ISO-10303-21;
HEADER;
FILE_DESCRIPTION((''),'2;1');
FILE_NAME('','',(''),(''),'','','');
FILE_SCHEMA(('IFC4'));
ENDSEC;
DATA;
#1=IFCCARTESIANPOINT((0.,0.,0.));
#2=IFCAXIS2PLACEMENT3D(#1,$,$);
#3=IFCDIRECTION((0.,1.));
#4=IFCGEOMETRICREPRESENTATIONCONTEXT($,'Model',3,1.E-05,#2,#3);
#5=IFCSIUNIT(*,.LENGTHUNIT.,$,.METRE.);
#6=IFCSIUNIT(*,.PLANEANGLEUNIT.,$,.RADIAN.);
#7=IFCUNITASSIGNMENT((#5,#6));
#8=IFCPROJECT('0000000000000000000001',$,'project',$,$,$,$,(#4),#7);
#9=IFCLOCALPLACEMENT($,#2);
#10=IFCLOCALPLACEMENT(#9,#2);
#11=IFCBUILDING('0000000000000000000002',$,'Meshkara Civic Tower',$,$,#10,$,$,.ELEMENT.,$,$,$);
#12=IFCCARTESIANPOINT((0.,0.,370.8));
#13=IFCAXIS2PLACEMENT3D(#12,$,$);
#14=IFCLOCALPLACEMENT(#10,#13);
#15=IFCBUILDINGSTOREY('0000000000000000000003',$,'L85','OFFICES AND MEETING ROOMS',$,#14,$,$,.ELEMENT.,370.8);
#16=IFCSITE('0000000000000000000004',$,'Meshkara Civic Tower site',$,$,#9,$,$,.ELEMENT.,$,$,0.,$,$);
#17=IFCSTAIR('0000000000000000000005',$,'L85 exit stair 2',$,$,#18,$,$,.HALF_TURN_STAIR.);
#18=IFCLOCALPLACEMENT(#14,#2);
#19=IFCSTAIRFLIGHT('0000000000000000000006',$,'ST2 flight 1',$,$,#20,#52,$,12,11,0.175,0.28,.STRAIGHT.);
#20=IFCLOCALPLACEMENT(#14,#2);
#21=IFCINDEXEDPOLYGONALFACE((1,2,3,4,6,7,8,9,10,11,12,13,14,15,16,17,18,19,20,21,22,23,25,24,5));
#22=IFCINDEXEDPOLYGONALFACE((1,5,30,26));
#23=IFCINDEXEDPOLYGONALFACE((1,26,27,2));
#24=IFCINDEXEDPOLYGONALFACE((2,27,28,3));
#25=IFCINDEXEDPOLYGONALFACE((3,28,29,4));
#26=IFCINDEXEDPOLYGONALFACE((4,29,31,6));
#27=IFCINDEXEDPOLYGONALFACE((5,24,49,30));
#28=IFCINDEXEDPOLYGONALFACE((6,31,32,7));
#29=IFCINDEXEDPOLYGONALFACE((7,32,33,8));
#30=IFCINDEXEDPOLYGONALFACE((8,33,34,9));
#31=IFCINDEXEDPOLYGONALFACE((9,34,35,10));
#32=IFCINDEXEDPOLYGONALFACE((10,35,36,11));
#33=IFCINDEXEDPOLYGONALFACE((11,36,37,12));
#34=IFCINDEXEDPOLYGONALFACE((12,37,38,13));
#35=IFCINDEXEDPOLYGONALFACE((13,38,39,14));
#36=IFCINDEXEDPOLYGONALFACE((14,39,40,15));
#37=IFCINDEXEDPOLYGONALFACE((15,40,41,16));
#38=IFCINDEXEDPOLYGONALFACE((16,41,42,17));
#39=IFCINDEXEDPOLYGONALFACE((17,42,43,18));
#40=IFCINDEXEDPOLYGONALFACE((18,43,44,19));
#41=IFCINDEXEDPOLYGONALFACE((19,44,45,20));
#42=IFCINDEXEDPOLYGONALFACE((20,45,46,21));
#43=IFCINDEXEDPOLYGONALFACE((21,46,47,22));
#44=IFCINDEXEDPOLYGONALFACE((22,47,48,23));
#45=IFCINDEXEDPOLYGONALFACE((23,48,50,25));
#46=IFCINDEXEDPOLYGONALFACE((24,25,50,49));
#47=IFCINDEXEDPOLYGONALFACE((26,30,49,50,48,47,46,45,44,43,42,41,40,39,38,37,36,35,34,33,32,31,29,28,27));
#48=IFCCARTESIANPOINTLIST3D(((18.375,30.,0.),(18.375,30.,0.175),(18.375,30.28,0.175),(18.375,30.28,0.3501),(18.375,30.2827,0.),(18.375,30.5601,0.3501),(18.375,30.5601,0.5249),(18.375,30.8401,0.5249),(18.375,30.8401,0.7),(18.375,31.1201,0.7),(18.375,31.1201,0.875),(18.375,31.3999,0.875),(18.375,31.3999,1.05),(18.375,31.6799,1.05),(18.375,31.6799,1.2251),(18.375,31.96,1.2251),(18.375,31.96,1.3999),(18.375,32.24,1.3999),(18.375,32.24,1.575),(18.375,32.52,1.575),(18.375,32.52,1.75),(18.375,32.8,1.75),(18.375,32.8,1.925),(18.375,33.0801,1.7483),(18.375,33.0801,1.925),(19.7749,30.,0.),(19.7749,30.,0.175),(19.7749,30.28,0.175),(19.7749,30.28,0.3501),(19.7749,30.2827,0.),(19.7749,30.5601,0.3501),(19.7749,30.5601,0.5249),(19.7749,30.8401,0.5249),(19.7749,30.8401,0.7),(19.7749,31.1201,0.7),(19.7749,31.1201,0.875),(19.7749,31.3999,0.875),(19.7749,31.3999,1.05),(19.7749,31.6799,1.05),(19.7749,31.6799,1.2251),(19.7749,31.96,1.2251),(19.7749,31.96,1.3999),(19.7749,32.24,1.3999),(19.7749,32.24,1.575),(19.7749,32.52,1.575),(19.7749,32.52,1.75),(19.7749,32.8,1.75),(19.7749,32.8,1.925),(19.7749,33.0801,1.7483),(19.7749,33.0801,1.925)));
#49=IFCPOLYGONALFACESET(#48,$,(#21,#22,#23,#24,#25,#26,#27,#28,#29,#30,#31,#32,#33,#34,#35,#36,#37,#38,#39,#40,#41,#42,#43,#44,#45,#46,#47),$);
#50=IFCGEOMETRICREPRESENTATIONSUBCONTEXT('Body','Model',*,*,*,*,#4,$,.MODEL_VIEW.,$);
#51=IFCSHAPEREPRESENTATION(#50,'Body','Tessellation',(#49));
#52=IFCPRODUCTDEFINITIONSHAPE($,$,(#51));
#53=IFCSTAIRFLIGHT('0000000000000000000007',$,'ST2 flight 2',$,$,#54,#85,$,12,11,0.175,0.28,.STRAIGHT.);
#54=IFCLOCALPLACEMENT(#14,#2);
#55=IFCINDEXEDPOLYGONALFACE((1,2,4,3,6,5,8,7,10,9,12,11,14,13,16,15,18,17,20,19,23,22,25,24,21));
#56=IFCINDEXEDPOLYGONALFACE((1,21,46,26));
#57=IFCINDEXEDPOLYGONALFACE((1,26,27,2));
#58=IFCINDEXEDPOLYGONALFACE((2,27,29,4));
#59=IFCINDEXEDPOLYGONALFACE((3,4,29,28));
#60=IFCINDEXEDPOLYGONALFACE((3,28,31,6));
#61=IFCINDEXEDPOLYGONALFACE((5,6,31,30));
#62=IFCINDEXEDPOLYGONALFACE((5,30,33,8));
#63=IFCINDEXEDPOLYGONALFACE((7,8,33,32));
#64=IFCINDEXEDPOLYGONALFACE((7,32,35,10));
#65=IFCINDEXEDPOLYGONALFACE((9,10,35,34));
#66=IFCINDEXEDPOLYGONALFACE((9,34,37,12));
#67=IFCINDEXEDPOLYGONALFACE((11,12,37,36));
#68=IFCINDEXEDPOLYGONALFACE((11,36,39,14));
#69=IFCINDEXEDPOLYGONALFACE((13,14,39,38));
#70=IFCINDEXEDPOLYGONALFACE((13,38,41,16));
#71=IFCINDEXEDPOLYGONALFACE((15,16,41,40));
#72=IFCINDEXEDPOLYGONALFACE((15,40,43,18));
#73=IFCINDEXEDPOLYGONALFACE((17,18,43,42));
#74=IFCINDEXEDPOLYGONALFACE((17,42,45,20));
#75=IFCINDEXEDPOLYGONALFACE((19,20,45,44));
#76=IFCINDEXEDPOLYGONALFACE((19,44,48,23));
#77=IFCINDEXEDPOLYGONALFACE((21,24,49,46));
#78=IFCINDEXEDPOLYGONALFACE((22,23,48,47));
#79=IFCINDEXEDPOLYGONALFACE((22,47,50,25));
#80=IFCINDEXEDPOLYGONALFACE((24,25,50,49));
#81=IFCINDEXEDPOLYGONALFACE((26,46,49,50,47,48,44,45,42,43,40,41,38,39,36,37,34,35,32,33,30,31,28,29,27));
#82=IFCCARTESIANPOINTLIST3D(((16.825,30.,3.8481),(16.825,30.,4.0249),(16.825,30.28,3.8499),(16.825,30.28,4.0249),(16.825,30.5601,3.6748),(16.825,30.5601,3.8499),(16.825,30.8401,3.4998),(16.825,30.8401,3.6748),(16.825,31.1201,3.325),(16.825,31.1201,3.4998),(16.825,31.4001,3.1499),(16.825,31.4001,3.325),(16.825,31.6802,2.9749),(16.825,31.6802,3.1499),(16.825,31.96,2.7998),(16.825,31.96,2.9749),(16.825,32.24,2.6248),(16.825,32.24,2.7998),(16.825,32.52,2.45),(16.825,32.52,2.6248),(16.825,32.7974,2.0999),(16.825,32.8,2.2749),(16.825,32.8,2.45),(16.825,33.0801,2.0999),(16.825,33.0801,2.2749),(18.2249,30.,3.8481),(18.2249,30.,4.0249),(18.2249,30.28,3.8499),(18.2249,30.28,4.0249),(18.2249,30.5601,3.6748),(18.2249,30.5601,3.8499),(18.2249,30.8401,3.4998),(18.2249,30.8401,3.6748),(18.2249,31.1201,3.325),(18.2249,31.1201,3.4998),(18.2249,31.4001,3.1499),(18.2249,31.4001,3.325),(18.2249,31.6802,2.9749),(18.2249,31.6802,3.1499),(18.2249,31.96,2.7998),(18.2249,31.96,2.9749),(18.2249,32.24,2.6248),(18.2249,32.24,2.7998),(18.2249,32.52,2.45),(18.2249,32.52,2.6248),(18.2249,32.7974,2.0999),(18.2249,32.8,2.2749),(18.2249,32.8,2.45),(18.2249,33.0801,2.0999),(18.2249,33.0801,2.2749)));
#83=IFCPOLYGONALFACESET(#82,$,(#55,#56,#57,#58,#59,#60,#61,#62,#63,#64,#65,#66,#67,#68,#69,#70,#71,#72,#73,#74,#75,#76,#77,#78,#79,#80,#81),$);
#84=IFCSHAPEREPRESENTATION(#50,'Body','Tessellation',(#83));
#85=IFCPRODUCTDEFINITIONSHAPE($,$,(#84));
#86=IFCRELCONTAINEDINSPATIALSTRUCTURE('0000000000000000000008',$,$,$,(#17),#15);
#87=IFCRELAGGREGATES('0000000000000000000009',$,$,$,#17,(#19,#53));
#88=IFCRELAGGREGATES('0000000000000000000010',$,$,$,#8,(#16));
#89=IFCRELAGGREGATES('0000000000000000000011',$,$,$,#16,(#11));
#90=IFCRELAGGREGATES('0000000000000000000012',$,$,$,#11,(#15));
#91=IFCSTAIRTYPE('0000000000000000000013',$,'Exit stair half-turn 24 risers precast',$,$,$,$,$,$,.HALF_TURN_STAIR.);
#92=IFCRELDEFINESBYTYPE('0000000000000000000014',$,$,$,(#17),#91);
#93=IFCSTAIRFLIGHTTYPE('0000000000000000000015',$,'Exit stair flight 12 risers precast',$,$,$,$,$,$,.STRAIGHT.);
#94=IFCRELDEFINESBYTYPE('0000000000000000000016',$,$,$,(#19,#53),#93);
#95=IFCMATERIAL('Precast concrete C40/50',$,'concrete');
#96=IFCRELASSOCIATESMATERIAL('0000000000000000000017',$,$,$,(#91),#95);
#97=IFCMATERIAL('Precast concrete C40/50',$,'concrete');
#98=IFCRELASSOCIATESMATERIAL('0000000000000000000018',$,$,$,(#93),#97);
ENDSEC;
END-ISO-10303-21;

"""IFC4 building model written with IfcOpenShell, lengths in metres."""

from ifc_helpers import new_model, si_unit, direction, frame, origin, place, context, subcontext, project, spatial, polyline, outline, extrude, material, type_object, element, aggregate, save


model = new_model("IFC4")

# Units and contexts
model_context = context("Model", 3, precision=1e-05, world=origin(), true_north=direction((0.0, 1.0)))
body_context = subcontext(model_context, "Body", "Model", "MODEL_VIEW")
ifc_project = project(units=[si_unit("LENGTHUNIT", "METRE"), si_unit("PLANEANGLEUNIT", "RADIAN")], contexts=[model_context])

# Site, building, storey
site_placement = place(None, origin())
site = spatial("IfcSite", under=ifc_project, at=site_placement, Name="Meshkara Civic Tower site", CompositionType="ELEMENT", RefElevation=0.0)
building_placement = place(site_placement, origin())
building = spatial("IfcBuilding", under=site, at=building_placement, Name="Meshkara Civic Tower", CompositionType="ELEMENT")
storey_placement = place(building_placement, frame((0.0, 0.0, 370.8)))
storey = spatial("IfcBuildingStorey", under=building, at=storey_placement, Name="L85", Description="OFFICES AND MEETING ROOMS", CompositionType="ELEMENT", Elevation=370.8)

# Shared definitions
ifc_material_1 = material(Name="Precast concrete C40/50", Category="concrete")
stair_type = type_object("IfcStairType", Name="Exit stair half-turn 24 risers precast", PredefinedType="HALF_TURN_STAIR", material=ifc_material_1)
ifc_material_2 = material(Name="Precast concrete C40/50", Category="concrete")
stair_flight_type = type_object("IfcStairFlightType", Name="Exit stair flight 12 risers precast", PredefinedType="STRAIGHT", material=ifc_material_2)

# Stair, stair flights
stair_1_placement = place(storey_placement, origin())
stair_1 = element("IfcStair", 1, at=stair_1_placement, inside=storey, type_object=stair_type, Name="L85 exit stair 2", PredefinedType="HALF_TURN_STAIR")
stair_flight_1_placement = place(storey_placement, frame((19.075, 30.0, 0.0), z_axis=(0.0, 0.0, 1.0), x_axis=(0.0, 1.0, 0.0)))
stair_flight_1 = element("IfcStairFlight", 2, at=stair_flight_1_placement, type_object=stair_flight_type, Name="ST2 flight 1", NumberOfRisers=12, NumberOfTreads=11, PredefinedType="STRAIGHT", RiserHeight=0.175, TreadLength=0.28, context=body_context, shape_type="SweptSolid", body=[
    extrude(outline(polyline([(0.0, 0.0), (0.0, 0.175), (0.28, 0.175), (0.28, 0.3501), (0.5601, 0.3501), (0.5601, 0.5249), (0.8401, 0.5249), (0.8401, 0.7), (1.1201, 0.7), (1.1201, 0.875), (1.3999, 0.875), (1.3999, 1.05), (1.6799, 1.05), (1.6799, 1.2251), (1.96, 1.2251), (1.96, 1.3999), (2.24, 1.3999), (2.24, 1.575), (2.52, 1.575), (2.52, 1.75), (2.8, 1.75), (2.8, 1.925), (3.0801, 1.925), (3.0801, 2.1001), (3.0801, 1.7483), (0.2827, 0.0), (0.0, 0.0)])), frame((0.0, 0.7, 0.0), z_axis=(0.0, -1.0, 0.0), x_axis=(1.0, 0.0, 0.0)), (0.0, 0.0, 1.0), 1.3999),
])
stair_flight_2_placement = place(storey_placement, frame((17.5249, 33.0801, 2.0999), z_axis=(0.0, 0.0, 1.0), x_axis=(0.0, -1.0, 0.0)))
stair_flight_2 = element("IfcStairFlight", 3, at=stair_flight_2_placement, type_object=stair_flight_type, Name="ST2 flight 2", NumberOfRisers=12, NumberOfTreads=11, PredefinedType="STRAIGHT", RiserHeight=0.175, TreadLength=0.28, context=body_context, shape_type="SweptSolid", body=[
    extrude(outline(polyline([(0.0, 0.0), (0.0, 0.175), (0.28, 0.175), (0.28, 0.3501), (0.5601, 0.3501), (0.5601, 0.5249), (0.8401, 0.5249), (0.8401, 0.7), (1.1201, 0.7), (1.1201, 0.875), (1.3999, 0.875), (1.3999, 1.05), (1.6799, 1.05), (1.6799, 1.2251), (1.96, 1.2251), (1.96, 1.3999), (2.24, 1.3999), (2.24, 1.575), (2.52, 1.575), (2.52, 1.75), (2.8, 1.75), (2.8, 1.925), (3.0801, 1.925), (3.0801, 2.1001), (3.0801, 1.7483), (0.2827, 0.0), (0.0, 0.0)])), frame((0.0, 0.7, 0.0), z_axis=(0.0, -1.0, 0.0), x_axis=(1.0, 0.0, 0.0)), (0.0, 0.0, 1.0), 1.3999),
])
aggregate(stair_1, [stair_flight_1, stair_flight_2])

save(model, "model.ifc")
